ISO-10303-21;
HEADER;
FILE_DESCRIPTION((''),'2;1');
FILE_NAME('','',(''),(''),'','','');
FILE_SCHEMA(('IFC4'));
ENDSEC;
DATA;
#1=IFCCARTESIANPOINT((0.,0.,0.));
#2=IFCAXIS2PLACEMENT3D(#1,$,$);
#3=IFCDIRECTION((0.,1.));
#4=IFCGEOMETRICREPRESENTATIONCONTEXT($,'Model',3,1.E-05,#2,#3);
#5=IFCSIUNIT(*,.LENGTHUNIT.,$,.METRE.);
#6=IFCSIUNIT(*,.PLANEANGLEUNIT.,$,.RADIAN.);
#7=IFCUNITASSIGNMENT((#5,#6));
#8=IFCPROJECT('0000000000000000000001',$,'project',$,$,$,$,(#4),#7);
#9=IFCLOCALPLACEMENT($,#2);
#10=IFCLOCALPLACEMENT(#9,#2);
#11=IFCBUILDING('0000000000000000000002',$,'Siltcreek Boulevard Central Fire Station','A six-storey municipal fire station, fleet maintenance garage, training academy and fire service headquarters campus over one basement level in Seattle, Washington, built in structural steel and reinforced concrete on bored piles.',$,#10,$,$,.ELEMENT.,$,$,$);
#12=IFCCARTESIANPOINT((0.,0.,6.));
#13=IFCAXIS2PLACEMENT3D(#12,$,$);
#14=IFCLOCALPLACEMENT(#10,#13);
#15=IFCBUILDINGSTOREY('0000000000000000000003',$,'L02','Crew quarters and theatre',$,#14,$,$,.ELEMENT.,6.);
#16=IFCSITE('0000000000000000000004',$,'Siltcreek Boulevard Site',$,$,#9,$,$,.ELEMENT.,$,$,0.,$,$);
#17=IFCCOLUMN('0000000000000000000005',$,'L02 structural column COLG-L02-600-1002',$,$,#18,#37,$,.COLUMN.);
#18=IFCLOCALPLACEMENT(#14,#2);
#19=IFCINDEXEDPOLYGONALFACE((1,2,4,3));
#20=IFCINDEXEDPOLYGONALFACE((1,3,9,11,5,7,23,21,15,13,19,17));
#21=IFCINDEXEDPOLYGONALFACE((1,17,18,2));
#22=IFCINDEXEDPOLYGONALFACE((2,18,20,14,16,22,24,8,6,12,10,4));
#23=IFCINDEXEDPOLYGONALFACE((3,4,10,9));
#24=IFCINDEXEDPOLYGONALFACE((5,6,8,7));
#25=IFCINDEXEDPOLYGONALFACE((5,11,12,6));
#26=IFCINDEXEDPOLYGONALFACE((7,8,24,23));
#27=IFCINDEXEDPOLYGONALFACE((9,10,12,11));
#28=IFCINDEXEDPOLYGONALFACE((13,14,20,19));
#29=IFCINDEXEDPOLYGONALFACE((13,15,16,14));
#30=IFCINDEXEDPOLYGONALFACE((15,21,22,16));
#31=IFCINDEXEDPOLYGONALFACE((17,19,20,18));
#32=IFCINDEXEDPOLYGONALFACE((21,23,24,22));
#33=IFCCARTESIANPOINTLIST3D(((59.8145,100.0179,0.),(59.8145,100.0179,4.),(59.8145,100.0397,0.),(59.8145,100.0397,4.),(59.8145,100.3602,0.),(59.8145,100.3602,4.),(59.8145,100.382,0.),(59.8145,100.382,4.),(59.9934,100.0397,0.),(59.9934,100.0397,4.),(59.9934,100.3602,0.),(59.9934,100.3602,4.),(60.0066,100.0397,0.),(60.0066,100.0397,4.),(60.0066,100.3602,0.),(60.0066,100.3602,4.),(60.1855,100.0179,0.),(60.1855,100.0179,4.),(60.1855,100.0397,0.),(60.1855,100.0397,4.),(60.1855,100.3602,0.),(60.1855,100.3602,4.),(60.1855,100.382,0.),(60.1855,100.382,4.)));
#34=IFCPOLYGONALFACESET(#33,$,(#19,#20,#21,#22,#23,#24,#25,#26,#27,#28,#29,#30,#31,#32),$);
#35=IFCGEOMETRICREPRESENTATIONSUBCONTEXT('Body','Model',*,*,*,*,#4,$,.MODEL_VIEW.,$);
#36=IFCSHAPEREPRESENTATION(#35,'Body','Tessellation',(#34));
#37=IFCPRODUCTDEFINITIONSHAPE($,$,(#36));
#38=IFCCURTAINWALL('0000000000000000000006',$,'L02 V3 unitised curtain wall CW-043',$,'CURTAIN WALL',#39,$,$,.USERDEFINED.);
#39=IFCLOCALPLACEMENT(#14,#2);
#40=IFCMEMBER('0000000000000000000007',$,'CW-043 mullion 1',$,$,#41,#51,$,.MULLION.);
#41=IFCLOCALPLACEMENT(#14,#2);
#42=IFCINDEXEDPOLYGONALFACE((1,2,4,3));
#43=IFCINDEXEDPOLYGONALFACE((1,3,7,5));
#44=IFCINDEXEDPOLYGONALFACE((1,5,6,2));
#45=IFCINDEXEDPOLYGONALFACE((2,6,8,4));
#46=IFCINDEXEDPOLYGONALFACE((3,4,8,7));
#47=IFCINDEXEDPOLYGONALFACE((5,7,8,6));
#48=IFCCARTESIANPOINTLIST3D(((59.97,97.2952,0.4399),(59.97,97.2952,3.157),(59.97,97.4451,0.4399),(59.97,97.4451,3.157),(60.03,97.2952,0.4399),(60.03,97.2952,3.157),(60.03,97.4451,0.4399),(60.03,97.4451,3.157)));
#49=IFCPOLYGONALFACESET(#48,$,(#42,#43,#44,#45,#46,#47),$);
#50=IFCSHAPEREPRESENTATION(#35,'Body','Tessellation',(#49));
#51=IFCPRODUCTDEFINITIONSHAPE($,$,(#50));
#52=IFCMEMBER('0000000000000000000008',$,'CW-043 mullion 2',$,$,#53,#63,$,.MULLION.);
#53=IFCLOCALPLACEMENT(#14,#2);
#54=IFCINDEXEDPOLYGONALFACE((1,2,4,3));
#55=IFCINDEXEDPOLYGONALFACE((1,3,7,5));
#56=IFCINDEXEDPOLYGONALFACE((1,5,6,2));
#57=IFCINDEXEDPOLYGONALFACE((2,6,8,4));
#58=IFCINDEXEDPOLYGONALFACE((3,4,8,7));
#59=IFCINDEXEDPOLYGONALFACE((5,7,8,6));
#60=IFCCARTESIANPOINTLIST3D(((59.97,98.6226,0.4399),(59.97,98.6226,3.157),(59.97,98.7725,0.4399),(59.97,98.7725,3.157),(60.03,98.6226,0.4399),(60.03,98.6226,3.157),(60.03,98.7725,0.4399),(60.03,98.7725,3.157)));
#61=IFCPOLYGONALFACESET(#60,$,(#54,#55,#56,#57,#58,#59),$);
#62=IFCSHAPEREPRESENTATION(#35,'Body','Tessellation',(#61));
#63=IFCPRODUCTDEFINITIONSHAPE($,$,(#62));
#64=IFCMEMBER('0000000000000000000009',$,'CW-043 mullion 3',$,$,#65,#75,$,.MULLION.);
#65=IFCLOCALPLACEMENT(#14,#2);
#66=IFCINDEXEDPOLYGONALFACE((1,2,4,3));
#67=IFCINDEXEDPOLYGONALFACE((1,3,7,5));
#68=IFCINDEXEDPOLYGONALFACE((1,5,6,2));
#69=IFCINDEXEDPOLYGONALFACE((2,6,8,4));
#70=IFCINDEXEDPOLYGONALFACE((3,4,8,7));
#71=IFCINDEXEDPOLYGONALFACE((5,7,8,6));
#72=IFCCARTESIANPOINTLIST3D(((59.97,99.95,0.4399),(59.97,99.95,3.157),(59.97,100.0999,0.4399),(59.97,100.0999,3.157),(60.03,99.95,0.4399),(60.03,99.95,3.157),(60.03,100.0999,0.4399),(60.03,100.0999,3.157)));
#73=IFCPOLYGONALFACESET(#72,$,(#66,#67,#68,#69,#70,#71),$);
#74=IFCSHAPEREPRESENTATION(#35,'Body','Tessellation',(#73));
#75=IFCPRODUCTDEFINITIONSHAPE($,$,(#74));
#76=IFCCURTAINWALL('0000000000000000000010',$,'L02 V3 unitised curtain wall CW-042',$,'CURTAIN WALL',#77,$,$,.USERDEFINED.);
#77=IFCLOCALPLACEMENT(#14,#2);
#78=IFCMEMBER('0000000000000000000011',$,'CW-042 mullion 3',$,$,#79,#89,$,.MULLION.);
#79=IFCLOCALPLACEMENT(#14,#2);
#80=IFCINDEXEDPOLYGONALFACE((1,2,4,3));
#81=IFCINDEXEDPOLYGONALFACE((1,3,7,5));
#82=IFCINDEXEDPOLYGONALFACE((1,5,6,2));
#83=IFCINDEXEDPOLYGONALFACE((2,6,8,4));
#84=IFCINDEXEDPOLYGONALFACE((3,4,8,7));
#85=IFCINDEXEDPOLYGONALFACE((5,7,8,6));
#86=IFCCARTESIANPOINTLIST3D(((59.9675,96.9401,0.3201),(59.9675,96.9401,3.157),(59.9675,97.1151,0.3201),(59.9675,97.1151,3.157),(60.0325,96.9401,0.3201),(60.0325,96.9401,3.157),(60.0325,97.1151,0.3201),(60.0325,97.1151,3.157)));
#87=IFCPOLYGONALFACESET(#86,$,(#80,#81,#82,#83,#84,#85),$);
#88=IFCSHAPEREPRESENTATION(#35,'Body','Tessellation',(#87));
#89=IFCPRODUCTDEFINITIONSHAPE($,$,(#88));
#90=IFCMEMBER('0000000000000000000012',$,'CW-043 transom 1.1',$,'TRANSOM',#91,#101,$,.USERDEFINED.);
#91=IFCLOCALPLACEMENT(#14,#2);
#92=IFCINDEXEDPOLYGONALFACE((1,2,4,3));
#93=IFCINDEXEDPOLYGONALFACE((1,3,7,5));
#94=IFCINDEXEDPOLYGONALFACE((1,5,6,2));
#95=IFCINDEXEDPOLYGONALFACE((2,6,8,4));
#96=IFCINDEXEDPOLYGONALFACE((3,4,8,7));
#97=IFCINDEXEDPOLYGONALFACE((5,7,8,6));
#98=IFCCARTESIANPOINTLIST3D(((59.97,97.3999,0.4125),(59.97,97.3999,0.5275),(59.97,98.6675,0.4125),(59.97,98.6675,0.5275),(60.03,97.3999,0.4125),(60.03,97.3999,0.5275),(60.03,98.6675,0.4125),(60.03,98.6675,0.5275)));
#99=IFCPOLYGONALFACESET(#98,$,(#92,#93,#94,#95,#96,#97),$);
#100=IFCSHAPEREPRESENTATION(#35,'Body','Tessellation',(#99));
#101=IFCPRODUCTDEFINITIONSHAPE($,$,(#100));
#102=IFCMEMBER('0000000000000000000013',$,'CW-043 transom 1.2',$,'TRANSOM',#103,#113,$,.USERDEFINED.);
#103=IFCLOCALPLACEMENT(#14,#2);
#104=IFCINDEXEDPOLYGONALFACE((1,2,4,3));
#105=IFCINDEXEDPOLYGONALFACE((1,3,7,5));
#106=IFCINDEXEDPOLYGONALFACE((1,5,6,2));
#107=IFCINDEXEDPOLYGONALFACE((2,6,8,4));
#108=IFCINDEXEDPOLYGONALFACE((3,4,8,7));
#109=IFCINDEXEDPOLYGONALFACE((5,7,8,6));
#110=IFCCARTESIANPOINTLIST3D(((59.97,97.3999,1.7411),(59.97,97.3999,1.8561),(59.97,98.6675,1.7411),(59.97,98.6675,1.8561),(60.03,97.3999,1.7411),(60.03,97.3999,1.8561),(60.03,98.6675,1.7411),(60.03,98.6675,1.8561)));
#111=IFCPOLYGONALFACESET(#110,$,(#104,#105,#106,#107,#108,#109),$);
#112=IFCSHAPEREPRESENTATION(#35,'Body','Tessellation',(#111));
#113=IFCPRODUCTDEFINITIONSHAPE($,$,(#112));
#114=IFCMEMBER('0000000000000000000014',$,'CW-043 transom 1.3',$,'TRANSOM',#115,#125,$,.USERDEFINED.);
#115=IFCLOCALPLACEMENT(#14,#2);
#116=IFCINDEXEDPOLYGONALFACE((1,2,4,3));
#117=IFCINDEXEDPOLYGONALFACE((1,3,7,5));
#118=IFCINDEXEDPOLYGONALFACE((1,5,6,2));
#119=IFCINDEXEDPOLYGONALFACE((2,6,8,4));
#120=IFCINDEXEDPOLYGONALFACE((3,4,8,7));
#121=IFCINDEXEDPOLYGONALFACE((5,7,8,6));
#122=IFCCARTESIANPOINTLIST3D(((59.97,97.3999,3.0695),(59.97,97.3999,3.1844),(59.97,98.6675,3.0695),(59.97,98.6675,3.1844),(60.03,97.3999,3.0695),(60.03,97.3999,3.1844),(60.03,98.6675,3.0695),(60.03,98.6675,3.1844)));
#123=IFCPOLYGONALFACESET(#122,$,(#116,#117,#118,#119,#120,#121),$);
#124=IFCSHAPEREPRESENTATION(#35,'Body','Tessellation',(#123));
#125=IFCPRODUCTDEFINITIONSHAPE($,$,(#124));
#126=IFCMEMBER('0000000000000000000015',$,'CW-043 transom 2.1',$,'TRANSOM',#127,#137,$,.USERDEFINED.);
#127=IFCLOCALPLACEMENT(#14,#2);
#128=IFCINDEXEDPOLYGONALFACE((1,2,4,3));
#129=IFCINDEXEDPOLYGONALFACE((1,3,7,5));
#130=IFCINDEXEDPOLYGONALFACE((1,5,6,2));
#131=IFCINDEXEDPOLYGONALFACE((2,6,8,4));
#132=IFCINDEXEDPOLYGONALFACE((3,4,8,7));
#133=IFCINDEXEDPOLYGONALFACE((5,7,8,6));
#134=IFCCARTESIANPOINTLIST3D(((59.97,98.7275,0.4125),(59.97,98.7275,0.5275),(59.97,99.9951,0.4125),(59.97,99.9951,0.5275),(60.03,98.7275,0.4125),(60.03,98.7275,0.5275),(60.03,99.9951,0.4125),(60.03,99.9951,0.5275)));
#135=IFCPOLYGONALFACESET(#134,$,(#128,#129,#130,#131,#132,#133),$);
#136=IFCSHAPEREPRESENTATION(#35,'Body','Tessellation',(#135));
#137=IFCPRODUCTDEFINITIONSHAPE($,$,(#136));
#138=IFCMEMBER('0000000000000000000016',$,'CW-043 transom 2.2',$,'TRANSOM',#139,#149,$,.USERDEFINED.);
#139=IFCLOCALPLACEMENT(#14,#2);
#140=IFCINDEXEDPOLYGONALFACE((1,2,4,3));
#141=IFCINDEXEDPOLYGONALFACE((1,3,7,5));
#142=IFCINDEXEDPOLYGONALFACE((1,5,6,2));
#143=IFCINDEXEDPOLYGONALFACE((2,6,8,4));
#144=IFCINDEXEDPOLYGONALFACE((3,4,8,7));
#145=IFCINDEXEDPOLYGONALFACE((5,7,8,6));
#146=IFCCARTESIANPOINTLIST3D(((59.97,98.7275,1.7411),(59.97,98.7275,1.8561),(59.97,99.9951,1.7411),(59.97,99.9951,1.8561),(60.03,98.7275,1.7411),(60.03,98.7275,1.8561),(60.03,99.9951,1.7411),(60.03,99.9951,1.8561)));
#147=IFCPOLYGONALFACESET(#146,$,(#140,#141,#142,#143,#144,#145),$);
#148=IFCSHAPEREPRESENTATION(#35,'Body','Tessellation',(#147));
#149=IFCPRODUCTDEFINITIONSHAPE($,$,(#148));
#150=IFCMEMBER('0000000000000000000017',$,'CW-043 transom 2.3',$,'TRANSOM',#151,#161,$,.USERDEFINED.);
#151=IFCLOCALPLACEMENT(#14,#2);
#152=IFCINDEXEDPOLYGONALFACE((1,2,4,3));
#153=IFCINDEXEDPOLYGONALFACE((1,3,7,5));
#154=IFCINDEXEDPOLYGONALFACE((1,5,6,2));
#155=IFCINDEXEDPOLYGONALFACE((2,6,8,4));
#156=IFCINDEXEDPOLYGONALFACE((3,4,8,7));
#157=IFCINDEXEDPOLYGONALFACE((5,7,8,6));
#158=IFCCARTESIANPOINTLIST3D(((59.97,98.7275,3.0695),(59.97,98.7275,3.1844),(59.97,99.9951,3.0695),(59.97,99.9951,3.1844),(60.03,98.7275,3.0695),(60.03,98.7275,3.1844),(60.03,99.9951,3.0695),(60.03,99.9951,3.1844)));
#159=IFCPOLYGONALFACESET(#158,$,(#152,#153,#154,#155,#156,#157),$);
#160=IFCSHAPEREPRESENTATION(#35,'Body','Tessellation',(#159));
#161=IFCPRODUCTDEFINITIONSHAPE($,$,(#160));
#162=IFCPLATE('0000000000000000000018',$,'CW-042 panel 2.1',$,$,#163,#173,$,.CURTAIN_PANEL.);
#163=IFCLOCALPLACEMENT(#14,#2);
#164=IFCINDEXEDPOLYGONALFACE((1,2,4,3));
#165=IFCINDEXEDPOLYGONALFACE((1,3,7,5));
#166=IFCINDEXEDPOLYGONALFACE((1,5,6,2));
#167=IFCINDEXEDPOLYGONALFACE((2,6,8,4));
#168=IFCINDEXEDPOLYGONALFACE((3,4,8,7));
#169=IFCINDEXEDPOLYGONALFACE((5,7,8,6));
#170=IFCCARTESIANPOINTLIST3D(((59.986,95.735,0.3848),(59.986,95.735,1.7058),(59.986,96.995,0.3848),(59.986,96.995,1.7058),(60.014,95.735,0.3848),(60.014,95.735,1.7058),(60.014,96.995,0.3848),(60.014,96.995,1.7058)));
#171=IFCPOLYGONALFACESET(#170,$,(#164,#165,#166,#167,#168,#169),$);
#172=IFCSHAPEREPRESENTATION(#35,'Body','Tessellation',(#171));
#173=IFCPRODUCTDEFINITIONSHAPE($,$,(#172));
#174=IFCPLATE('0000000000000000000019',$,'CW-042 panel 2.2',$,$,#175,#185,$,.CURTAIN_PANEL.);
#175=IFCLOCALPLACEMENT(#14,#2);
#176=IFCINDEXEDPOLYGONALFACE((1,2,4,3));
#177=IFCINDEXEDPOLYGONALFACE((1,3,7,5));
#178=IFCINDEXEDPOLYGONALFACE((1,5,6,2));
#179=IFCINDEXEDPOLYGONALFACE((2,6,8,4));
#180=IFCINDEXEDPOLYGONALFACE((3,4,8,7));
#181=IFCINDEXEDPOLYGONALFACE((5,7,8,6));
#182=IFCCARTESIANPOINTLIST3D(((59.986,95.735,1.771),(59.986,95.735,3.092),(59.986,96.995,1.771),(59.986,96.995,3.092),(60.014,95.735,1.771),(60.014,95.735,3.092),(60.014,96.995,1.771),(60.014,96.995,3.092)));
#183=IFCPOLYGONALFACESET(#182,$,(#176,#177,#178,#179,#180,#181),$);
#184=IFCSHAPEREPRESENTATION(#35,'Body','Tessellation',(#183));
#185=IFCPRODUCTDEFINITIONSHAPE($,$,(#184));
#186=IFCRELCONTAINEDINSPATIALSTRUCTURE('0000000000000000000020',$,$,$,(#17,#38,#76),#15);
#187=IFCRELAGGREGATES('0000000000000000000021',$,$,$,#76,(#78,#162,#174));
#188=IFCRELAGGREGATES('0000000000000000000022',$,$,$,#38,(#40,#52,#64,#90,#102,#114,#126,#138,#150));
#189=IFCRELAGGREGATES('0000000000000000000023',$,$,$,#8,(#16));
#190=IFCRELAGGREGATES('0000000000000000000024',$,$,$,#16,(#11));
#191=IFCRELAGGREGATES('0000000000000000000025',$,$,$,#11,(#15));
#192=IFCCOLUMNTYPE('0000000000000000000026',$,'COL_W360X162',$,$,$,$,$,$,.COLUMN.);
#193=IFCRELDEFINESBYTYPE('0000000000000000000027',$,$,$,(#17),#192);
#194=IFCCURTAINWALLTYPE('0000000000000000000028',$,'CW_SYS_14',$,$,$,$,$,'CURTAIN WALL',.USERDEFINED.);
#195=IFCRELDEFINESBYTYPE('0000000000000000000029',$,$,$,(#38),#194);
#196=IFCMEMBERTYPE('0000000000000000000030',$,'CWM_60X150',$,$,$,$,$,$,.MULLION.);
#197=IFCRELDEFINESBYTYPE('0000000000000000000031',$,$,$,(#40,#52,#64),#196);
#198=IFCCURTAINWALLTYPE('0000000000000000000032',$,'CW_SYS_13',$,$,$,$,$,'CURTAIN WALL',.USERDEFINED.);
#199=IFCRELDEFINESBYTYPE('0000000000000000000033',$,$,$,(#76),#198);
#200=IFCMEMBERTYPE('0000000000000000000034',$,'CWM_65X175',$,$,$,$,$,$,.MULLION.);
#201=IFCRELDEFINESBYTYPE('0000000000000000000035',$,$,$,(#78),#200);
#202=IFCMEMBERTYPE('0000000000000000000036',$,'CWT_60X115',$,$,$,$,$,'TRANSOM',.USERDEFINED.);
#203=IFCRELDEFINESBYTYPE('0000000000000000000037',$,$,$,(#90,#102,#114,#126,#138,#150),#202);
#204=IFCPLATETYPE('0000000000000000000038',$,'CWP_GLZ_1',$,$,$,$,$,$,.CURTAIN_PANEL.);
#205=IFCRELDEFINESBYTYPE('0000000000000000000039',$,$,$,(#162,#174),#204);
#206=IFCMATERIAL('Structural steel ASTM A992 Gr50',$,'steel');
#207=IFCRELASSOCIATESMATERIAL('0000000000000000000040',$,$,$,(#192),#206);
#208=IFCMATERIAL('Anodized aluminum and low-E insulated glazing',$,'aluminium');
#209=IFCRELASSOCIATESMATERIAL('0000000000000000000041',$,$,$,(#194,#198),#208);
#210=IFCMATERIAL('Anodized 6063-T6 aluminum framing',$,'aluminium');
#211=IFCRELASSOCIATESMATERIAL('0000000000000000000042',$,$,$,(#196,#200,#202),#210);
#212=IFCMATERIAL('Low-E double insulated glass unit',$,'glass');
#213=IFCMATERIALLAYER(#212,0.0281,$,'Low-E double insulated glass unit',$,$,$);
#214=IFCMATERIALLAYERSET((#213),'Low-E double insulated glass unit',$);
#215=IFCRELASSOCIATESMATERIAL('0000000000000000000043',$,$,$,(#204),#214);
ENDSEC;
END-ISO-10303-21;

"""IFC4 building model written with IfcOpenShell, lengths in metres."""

from ifc_helpers import new_model, si_unit, direction, frame, origin, origin_2d, place, context, subcontext, project, spatial, rectangle, i_section, extrude, material, layer, layer_set, material_profile, profile_set, type_object, element, aggregate, save


model = new_model("IFC4")

# Units and contexts
model_context = context("Model", 3, precision=1e-05, world=origin(), true_north=direction((0.0, 1.0)))
body_context = subcontext(model_context, "Body", "Model", "MODEL_VIEW")
ifc_project = project(units=[si_unit("LENGTHUNIT", "METRE"), si_unit("PLANEANGLEUNIT", "RADIAN")], contexts=[model_context])

# Site, building, storey
site_placement = place(None, origin())
site = spatial("IfcSite", under=ifc_project, at=site_placement, Name="Siltcreek Boulevard Site", CompositionType="ELEMENT", RefElevation=0.0)
building_placement = place(site_placement, origin())
building = spatial("IfcBuilding", under=site, at=building_placement, Name="Siltcreek Boulevard Central Fire Station", Description="A six-storey municipal fire station, fleet maintenance garage, training academy and fire service headquarters campus over one basement level in Seattle, Washington, built in structural steel and reinforced concrete on bored piles.", CompositionType="ELEMENT")
storey_placement = place(building_placement, frame((0.0, 0.0, 6.0)))
storey = spatial("IfcBuildingStorey", under=building, at=storey_placement, Name="L02", Description="Crew quarters and theatre", CompositionType="ELEMENT", Elevation=6.0)

# Column
ifc_material_1 = material(Name="Structural steel ASTM A992 Gr50", Category="steel")
ifc_material_profile_1 = material_profile(ifc_material_1, i_section(OverallWidth=0.3711, OverallDepth=0.364, WebThickness=0.0132, FlangeThickness=0.0217, at=origin_2d()), Name="W360X162")
ifc_profile_set_1 = profile_set([ifc_material_profile_1], Name="Structural steel ASTM A992 Gr50")
column_type = type_object("IfcColumnType", Name="COL_W360X162", PredefinedType="COLUMN", material=ifc_profile_set_1)
column_placement = place(storey_placement, frame((60.0, 100.2, 0.0), z_axis=(0.0, 0.0, 1.0), x_axis=(1.0, 0.0, 0.0)))
element("IfcColumn", 1, at=column_placement, inside=storey, type_object=column_type, Name="L02 structural column COLG-L02-600-1002", PredefinedType="COLUMN", context=body_context, shape_type="SweptSolid", body=[
    extrude(i_section(OverallWidth=0.3711, OverallDepth=0.364, WebThickness=0.0132, FlangeThickness=0.0217, at=origin_2d()), origin(), (0.0, 0.0, 1.0), 4.0),
])

# Curtain wall, members
ifc_material_2 = material(Name="Anodized aluminum and low-E insulated glazing", Category="aluminium")
curtain_wall_type_1 = type_object("IfcCurtainWallType", Name="CW_SYS_14", ElementType="CURTAIN WALL", PredefinedType="USERDEFINED", material=ifc_material_2)
curtain_wall_1_placement = place(storey_placement, origin())
curtain_wall_1 = element("IfcCurtainWall", 2, at=curtain_wall_1_placement, inside=storey, type_object=curtain_wall_type_1, Name="L02 V3 unitised curtain wall CW-043", ObjectType="CURTAIN WALL", PredefinedType="USERDEFINED")
ifc_material_3 = material(Name="Anodized 6063-T6 aluminum framing", Category="aluminium")
ifc_material_profile_2 = material_profile(ifc_material_3, rectangle(XDim=0.0601, YDim=0.1499, at=origin_2d()), Name="MULL60X150")
ifc_profile_set_2 = profile_set([ifc_material_profile_2], Name="Anodized 6063-T6 aluminum framing")
member_type_1 = type_object("IfcMemberType", Name="CWM_60X150", PredefinedType="MULLION", material=ifc_profile_set_2)
member_1_placement = place(storey_placement, frame((60.0, 97.3701, 0.4399), z_axis=(0.0, 0.0, 1.0), x_axis=(-1.0, 0.0, 0.0)))
member_1 = element("IfcMember", 3, at=member_1_placement, type_object=member_type_1, Name="CW-043 mullion 1", PredefinedType="MULLION", context=body_context, shape_type="SweptSolid", body=[
    extrude(rectangle(XDim=0.0601, YDim=0.1499, at=origin_2d()), origin(), (0.0, 0.0, 1.0), 2.717),
])
member_2_placement = place(storey_placement, frame((60.0, 98.6975, 0.4399), z_axis=(0.0, 0.0, 1.0), x_axis=(-1.0, 0.0, 0.0)))
member_2 = element("IfcMember", 4, at=member_2_placement, type_object=member_type_1, Name="CW-043 mullion 2", PredefinedType="MULLION", context=body_context, shape_type="SweptSolid", body=[
    extrude(rectangle(XDim=0.0601, YDim=0.1499, at=origin_2d()), origin(), (0.0, 0.0, 1.0), 2.717),
])
member_3_placement = place(storey_placement, frame((60.0, 100.0249, 0.4399), z_axis=(0.0, 0.0, 1.0), x_axis=(-1.0, 0.0, 0.0)))
member_3 = element("IfcMember", 5, at=member_3_placement, type_object=member_type_1, Name="CW-043 mullion 3", PredefinedType="MULLION", context=body_context, shape_type="SweptSolid", body=[
    extrude(rectangle(XDim=0.0601, YDim=0.1499, at=origin_2d()), origin(), (0.0, 0.0, 1.0), 2.717),
])

# Curtain wall, member
curtain_wall_type_2 = type_object("IfcCurtainWallType", Name="CW_SYS_13", ElementType="CURTAIN WALL", PredefinedType="USERDEFINED", material=ifc_material_2)
curtain_wall_2_placement = place(storey_placement, origin())
curtain_wall_2 = element("IfcCurtainWall", 6, at=curtain_wall_2_placement, inside=storey, type_object=curtain_wall_type_2, Name="L02 V3 unitised curtain wall CW-042", ObjectType="CURTAIN WALL", PredefinedType="USERDEFINED")
ifc_material_profile_3 = material_profile(ifc_material_3, rectangle(XDim=0.0649, YDim=0.175, at=origin_2d()), Name="MULL65X175")
ifc_profile_set_3 = profile_set([ifc_material_profile_3], Name="Anodized 6063-T6 aluminum framing")
member_type_2 = type_object("IfcMemberType", Name="CWM_65X175", PredefinedType="MULLION", material=ifc_profile_set_3)
member_4_placement = place(storey_placement, frame((60.0, 97.0276, 0.3201), z_axis=(0.0, 0.0, 1.0), x_axis=(-1.0, 0.0, 0.0)))
member_4 = element("IfcMember", 7, at=member_4_placement, type_object=member_type_2, Name="CW-042 mullion 3", PredefinedType="MULLION", context=body_context, shape_type="SweptSolid", body=[
    extrude(rectangle(XDim=0.0649, YDim=0.175, at=origin_2d()), origin(), (0.0, 0.0, 1.0), 2.8369),
])

# Members
ifc_material_profile_4 = material_profile(ifc_material_3, rectangle(XDim=0.0601, YDim=0.115, at=origin_2d()), Name="TRAN60X115")
ifc_profile_set_4 = profile_set([ifc_material_profile_4], Name="Anodized 6063-T6 aluminum framing")
member_type_3 = type_object("IfcMemberType", Name="CWT_60X115", ElementType="TRANSOM", PredefinedType="USERDEFINED", material=ifc_profile_set_4)
member_5_placement = place(storey_placement, frame((60.0, 97.3999, 0.47), z_axis=(0.0, 1.0, 0.0), x_axis=(-1.0, 0.0, 0.0)))
member_5 = element("IfcMember", 8, at=member_5_placement, type_object=member_type_3, Name="CW-043 transom 1.1", ObjectType="TRANSOM", PredefinedType="USERDEFINED", context=body_context, shape_type="SweptSolid", body=[
    extrude(rectangle(XDim=0.0601, YDim=0.115, at=origin_2d()), origin(), (0.0, 0.0, 1.0), 1.2676),
])
member_6_placement = place(storey_placement, frame((60.0, 97.3999, 1.7986), z_axis=(0.0, 1.0, 0.0), x_axis=(-1.0, 0.0, 0.0)))
member_6 = element("IfcMember", 9, at=member_6_placement, type_object=member_type_3, Name="CW-043 transom 1.2", ObjectType="TRANSOM", PredefinedType="USERDEFINED", context=body_context, shape_type="SweptSolid", body=[
    extrude(rectangle(XDim=0.0601, YDim=0.115, at=origin_2d()), origin(), (0.0, 0.0, 1.0), 1.2676),
])
member_7_placement = place(storey_placement, frame((60.0, 97.3999, 3.127), z_axis=(0.0, 1.0, 0.0), x_axis=(-1.0, 0.0, 0.0)))
member_7 = element("IfcMember", 10, at=member_7_placement, type_object=member_type_3, Name="CW-043 transom 1.3", ObjectType="TRANSOM", PredefinedType="USERDEFINED", context=body_context, shape_type="SweptSolid", body=[
    extrude(rectangle(XDim=0.0601, YDim=0.115, at=origin_2d()), origin(), (0.0, 0.0, 1.0), 1.2676),
])
member_8_placement = place(storey_placement, frame((60.0, 98.7275, 0.47), z_axis=(0.0, 1.0, 0.0), x_axis=(-1.0, 0.0, 0.0)))
member_8 = element("IfcMember", 11, at=member_8_placement, type_object=member_type_3, Name="CW-043 transom 2.1", ObjectType="TRANSOM", PredefinedType="USERDEFINED", context=body_context, shape_type="SweptSolid", body=[
    extrude(rectangle(XDim=0.0601, YDim=0.115, at=origin_2d()), origin(), (0.0, 0.0, 1.0), 1.2676),
])
member_9_placement = place(storey_placement, frame((60.0, 98.7275, 1.7986), z_axis=(0.0, 1.0, 0.0), x_axis=(-1.0, 0.0, 0.0)))
member_9 = element("IfcMember", 12, at=member_9_placement, type_object=member_type_3, Name="CW-043 transom 2.2", ObjectType="TRANSOM", PredefinedType="USERDEFINED", context=body_context, shape_type="SweptSolid", body=[
    extrude(rectangle(XDim=0.0601, YDim=0.115, at=origin_2d()), origin(), (0.0, 0.0, 1.0), 1.2676),
])
member_10_placement = place(storey_placement, frame((60.0, 98.7275, 3.127), z_axis=(0.0, 1.0, 0.0), x_axis=(-1.0, 0.0, 0.0)))
member_10 = element("IfcMember", 13, at=member_10_placement, type_object=member_type_3, Name="CW-043 transom 2.3", ObjectType="TRANSOM", PredefinedType="USERDEFINED", context=body_context, shape_type="SweptSolid", body=[
    extrude(rectangle(XDim=0.0601, YDim=0.115, at=origin_2d()), origin(), (0.0, 0.0, 1.0), 1.2676),
])

# Plates
ifc_material_4 = material(Name="Low-E double insulated glass unit", Category="glass")
ifc_layer_1 = layer(ifc_material_4, 0.0281, Name="Low-E double insulated glass unit")
ifc_layer_set_1 = layer_set([ifc_layer_1], Name="Low-E double insulated glass unit")
plate_type_1 = type_object("IfcPlateType", Name="CWP_GLZ_1", PredefinedType="CURTAIN_PANEL", material=ifc_layer_set_1)
plate_1_placement = place(storey_placement, frame((60.0, 96.365, 0.3848), z_axis=(0.0, 0.0, 1.0), x_axis=(0.0, 1.0, 0.0)))
plate_1 = element("IfcPlate", 14, at=plate_1_placement, type_object=plate_type_1, Name="CW-042 panel 2.1", PredefinedType="CURTAIN_PANEL", context=body_context, shape_type="SweptSolid", body=[
    extrude(rectangle(XDim=1.26, YDim=0.0281, at=origin_2d()), origin(), (0.0, 0.0, 1.0), 1.321),
])
plate_2_placement = place(storey_placement, frame((60.0, 96.365, 1.771), z_axis=(0.0, 0.0, 1.0), x_axis=(0.0, 1.0, 0.0)))
plate_2 = element("IfcPlate", 15, at=plate_2_placement, type_object=plate_type_1, Name="CW-042 panel 2.2", PredefinedType="CURTAIN_PANEL", context=body_context, shape_type="SweptSolid", body=[
    extrude(rectangle(XDim=1.26, YDim=0.0281, at=origin_2d()), origin(), (0.0, 0.0, 1.0), 1.321),
])
aggregate(curtain_wall_2, [member_4, plate_1, plate_2])
aggregate(curtain_wall_1, [member_1, member_2, member_3, member_5, member_6, member_7, member_8, member_9, member_10])

save(model, "model.ifc")
